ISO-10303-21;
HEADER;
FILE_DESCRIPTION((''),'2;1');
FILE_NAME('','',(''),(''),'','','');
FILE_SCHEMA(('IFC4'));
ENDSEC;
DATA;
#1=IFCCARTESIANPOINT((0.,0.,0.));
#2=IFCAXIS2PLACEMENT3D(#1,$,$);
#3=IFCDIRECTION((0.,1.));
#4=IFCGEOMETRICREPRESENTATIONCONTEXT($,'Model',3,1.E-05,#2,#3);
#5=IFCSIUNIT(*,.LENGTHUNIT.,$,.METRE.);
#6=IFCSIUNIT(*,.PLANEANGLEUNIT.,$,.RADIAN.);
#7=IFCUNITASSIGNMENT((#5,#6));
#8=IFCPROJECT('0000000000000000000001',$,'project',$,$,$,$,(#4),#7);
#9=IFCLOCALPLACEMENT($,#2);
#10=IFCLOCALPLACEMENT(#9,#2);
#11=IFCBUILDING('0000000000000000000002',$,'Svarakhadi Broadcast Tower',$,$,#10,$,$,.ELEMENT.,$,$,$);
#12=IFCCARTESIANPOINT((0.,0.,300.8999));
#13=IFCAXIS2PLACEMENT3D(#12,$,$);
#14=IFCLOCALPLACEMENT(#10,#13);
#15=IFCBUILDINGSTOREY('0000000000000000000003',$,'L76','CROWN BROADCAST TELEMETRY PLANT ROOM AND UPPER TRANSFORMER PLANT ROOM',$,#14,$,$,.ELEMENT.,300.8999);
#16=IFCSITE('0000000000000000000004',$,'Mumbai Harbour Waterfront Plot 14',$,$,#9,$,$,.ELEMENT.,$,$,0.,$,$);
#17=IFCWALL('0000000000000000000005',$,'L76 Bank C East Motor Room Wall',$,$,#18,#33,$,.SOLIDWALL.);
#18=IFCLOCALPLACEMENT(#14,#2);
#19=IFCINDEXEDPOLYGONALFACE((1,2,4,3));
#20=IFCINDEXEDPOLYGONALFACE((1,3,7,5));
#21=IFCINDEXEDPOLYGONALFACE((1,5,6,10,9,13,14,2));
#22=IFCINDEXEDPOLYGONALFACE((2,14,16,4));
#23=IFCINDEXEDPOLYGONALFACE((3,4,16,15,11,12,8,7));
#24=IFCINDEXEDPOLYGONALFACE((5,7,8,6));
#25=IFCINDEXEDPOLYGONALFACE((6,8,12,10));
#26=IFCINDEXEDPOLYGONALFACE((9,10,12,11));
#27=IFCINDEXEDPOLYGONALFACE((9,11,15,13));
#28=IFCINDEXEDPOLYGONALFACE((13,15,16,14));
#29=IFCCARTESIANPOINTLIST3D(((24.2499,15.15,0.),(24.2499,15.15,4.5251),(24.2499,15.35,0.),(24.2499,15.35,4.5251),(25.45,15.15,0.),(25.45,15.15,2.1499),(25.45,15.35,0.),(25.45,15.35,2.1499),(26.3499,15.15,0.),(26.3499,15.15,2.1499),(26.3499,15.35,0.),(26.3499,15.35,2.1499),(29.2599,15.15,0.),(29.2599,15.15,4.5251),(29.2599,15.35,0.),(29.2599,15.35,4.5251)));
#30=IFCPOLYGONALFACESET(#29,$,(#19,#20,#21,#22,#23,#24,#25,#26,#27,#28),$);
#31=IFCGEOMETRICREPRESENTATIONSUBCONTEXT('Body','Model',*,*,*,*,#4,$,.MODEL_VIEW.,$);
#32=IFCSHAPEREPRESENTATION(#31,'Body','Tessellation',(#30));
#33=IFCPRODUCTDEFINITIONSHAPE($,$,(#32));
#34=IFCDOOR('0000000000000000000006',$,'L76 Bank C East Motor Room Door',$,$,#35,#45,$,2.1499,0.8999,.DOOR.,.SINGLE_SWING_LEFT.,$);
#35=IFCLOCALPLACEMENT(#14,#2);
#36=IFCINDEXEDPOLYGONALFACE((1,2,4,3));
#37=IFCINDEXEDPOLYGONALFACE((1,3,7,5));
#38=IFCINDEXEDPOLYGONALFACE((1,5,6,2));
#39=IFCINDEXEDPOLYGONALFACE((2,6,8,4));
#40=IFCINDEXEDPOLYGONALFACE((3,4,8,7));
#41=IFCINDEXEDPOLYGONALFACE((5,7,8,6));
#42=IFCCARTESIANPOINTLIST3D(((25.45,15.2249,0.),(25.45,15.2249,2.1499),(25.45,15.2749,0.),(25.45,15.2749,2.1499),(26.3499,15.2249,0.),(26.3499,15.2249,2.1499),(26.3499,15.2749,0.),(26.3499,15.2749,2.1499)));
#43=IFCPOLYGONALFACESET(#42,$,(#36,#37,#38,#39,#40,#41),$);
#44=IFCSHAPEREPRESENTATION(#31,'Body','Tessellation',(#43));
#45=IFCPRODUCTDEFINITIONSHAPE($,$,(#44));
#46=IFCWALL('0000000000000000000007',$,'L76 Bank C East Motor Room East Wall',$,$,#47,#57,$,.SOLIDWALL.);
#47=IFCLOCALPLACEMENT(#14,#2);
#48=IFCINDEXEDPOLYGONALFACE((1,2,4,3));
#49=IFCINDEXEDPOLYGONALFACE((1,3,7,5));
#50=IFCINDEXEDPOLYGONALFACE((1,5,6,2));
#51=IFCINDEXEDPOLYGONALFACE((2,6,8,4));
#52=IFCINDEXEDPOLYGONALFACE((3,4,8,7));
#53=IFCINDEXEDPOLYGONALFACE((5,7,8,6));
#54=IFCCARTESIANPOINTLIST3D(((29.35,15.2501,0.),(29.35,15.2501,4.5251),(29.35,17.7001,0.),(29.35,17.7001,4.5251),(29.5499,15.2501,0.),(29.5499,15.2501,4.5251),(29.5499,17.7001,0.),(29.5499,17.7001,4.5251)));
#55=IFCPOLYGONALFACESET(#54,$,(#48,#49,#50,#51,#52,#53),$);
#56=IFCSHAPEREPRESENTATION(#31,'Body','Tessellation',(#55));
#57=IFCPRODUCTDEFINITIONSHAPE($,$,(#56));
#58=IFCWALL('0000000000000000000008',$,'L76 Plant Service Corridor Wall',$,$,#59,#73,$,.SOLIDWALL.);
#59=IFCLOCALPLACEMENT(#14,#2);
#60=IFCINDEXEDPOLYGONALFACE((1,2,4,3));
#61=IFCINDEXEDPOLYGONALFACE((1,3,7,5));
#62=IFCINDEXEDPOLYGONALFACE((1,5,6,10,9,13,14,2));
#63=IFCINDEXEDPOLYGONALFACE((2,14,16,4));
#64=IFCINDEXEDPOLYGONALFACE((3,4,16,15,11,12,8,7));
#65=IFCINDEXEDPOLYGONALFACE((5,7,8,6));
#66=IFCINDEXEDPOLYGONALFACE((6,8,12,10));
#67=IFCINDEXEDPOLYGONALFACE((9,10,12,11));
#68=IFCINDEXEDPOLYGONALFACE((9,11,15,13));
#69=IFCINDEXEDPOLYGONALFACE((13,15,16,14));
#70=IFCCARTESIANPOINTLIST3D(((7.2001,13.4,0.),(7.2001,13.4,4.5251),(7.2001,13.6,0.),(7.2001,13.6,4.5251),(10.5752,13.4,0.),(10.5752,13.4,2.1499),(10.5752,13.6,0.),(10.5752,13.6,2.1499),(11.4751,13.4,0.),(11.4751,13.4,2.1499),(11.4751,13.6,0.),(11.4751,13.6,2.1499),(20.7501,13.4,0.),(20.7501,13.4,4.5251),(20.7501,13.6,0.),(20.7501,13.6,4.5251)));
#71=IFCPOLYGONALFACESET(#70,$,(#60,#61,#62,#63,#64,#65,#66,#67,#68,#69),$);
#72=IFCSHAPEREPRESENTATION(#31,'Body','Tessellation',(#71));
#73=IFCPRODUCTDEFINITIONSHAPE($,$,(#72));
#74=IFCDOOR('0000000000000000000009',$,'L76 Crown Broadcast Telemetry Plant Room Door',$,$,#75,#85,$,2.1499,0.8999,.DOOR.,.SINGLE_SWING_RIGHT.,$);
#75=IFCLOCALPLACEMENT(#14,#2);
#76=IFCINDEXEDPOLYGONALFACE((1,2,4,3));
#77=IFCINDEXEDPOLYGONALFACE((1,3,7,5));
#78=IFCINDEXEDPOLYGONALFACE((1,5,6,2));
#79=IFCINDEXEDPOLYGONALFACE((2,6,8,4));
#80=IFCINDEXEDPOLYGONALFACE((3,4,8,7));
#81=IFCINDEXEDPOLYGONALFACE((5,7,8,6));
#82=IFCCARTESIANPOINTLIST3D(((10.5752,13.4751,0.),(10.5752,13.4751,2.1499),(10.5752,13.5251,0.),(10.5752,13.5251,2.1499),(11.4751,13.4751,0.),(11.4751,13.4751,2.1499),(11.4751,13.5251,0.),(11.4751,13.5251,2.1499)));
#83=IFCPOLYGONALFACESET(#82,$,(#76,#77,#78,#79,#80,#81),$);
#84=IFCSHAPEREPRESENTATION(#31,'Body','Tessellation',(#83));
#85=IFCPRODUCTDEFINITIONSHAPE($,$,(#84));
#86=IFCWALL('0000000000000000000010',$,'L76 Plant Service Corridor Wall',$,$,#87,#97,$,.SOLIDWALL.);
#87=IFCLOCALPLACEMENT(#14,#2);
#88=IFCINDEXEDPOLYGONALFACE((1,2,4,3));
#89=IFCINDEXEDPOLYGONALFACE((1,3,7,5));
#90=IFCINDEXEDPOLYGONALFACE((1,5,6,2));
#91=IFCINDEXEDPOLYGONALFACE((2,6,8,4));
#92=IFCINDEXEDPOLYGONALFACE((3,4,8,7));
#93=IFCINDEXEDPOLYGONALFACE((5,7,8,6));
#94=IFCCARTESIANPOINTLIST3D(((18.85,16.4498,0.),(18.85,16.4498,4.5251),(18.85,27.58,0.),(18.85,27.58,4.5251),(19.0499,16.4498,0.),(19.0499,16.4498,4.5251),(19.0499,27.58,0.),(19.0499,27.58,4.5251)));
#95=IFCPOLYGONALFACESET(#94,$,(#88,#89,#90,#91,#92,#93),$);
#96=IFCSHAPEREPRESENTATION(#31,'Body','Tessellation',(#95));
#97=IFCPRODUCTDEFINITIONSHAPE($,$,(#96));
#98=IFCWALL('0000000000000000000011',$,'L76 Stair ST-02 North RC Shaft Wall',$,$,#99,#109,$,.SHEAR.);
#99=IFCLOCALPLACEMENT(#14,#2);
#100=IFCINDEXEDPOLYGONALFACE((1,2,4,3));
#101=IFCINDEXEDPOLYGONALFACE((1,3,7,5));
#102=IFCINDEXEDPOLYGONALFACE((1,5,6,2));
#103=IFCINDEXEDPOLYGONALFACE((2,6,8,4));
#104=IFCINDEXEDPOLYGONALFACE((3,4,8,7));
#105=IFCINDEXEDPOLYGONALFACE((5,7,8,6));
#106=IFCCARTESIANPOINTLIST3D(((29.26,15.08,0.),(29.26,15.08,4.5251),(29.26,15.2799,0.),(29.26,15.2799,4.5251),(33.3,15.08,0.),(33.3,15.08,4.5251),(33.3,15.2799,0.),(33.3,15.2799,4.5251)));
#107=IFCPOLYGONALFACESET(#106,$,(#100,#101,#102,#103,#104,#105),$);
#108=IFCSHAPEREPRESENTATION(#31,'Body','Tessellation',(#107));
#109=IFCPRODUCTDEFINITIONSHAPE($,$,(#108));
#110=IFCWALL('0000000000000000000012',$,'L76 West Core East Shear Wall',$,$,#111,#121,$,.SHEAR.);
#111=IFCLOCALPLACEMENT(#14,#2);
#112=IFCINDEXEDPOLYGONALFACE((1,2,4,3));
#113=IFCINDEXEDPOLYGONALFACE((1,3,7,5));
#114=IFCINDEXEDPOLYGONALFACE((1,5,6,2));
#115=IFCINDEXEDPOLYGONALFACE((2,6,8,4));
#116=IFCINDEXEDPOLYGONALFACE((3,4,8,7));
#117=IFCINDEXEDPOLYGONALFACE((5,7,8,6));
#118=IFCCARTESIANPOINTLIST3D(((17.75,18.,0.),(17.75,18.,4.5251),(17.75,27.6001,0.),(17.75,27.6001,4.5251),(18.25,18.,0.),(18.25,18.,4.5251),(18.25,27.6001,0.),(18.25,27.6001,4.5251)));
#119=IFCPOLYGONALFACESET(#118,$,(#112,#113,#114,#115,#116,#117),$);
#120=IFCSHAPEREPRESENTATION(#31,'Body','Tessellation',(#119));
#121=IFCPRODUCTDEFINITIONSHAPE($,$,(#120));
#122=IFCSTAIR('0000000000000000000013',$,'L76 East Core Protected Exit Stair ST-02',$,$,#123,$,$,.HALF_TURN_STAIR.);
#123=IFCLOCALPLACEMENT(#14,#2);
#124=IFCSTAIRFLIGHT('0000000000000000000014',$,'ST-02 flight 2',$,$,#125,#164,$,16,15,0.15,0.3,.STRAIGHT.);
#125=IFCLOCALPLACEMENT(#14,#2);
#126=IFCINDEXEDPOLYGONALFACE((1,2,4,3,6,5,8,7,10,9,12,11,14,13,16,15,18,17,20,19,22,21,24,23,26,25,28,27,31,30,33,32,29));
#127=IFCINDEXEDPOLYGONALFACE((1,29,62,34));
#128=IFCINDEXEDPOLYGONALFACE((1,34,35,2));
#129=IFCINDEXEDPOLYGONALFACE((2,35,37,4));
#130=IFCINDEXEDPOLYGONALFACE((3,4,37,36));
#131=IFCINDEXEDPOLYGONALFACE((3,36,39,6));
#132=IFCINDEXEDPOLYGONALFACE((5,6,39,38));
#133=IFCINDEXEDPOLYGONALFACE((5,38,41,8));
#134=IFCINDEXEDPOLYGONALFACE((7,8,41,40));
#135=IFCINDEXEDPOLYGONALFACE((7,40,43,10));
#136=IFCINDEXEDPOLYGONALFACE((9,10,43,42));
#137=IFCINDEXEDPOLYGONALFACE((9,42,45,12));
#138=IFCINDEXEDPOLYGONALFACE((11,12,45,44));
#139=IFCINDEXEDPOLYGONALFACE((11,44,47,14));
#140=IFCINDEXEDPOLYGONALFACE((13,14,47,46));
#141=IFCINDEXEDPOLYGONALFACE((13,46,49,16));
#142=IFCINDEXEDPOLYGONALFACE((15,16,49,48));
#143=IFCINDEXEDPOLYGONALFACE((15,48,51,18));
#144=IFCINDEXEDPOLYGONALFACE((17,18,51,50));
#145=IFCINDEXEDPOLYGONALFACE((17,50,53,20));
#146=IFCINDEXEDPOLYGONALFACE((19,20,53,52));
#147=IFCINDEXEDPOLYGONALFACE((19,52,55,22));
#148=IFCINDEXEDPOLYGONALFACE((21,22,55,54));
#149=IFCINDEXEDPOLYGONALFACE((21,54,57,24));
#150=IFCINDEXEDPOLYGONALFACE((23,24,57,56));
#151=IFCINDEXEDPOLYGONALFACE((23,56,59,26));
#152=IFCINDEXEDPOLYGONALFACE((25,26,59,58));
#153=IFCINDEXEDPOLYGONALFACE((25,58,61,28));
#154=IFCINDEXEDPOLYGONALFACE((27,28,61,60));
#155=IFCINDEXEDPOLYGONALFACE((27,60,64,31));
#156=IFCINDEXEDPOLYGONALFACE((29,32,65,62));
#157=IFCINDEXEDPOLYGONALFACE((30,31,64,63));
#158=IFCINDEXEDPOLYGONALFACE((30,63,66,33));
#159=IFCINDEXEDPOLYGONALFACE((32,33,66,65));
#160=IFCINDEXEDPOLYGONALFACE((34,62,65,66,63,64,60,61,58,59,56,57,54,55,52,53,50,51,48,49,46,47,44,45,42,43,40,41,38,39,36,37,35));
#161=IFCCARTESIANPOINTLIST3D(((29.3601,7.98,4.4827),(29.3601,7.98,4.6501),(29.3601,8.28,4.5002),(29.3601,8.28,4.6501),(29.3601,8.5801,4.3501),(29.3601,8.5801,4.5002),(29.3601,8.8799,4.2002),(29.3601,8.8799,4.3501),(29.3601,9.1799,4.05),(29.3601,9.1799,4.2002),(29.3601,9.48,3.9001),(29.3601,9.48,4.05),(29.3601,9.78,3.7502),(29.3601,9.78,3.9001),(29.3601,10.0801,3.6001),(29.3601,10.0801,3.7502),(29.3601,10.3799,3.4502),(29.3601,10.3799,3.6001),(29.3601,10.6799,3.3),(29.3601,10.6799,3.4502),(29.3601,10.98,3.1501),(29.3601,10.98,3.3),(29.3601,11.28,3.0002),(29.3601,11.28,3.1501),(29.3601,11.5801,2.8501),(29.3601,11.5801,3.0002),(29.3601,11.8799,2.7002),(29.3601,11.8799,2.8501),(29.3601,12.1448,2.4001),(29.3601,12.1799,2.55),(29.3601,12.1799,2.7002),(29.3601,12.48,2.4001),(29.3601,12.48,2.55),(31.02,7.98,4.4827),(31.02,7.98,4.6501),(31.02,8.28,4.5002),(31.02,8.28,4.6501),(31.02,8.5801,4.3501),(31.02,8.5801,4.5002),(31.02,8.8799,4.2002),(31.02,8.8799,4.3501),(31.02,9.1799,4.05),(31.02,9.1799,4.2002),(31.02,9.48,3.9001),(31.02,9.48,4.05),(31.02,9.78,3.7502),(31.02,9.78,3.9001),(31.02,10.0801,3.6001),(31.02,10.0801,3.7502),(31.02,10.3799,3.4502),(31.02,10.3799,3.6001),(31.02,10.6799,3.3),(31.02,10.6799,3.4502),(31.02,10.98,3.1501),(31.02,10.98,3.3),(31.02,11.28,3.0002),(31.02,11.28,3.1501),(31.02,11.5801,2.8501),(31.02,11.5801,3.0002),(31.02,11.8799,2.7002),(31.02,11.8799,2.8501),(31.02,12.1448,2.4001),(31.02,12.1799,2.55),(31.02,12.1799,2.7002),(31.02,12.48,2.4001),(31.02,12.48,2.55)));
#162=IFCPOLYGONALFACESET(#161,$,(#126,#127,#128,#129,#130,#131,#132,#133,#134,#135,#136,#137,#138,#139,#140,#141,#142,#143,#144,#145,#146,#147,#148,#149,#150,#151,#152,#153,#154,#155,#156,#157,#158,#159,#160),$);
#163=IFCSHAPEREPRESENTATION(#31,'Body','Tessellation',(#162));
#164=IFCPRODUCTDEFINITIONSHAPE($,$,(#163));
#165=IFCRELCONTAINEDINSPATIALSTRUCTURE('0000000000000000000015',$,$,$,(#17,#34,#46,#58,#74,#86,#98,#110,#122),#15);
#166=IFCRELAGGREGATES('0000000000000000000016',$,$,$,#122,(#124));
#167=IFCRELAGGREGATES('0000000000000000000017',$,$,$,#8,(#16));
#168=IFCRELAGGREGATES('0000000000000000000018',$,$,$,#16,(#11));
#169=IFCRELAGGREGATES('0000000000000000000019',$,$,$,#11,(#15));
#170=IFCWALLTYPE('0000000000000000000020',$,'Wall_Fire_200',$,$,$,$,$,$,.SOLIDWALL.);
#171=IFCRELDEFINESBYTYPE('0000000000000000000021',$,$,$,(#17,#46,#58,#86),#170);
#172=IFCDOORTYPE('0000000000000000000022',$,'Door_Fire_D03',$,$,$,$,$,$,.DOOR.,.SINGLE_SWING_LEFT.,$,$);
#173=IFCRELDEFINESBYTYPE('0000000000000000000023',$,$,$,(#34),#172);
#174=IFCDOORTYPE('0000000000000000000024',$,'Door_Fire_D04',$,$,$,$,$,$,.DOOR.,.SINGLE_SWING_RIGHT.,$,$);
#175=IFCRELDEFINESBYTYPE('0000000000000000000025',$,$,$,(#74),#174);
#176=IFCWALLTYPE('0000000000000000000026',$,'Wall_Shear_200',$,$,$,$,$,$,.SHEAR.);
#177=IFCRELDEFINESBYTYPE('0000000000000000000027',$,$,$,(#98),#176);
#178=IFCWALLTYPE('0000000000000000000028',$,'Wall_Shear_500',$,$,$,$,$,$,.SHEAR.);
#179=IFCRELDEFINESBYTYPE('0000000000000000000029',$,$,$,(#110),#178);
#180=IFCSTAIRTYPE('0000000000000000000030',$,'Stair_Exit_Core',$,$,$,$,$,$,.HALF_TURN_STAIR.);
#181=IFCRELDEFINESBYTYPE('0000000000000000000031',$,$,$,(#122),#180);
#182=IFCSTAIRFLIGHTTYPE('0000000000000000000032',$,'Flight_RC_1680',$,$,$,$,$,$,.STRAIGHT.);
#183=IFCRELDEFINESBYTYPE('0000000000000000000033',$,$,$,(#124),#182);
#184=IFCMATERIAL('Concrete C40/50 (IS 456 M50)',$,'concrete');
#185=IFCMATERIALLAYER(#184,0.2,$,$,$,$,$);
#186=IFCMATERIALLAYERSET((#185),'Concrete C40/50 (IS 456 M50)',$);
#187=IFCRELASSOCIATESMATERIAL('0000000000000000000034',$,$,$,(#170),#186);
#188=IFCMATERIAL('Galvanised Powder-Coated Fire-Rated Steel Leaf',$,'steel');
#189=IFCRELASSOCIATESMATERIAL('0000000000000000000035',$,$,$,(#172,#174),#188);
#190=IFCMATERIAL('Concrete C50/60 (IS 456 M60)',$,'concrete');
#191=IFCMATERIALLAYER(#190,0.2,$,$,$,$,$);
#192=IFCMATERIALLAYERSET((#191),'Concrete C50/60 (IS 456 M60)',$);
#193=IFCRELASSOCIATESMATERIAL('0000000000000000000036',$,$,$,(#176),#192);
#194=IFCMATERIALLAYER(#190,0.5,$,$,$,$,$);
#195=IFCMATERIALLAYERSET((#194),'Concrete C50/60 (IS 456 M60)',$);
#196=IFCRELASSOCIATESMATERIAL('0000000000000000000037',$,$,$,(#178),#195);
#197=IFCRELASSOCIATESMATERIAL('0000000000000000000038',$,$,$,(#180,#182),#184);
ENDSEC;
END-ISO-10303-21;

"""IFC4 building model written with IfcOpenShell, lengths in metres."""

from ifc_helpers import new_model, si_unit, direction, frame, frame_2d, origin, place, context, subcontext, project, spatial, polyline, rectangle, outline, extrude, material, layer, layer_set, type_object, element, fill, aggregate, save


model = new_model("IFC4")

# Units and contexts
model_context = context("Model", 3, precision=1e-05, world=origin(), true_north=direction((0.0, 1.0)))
body_context = subcontext(model_context, "Body", "Model", "MODEL_VIEW")
ifc_project = project(units=[si_unit("LENGTHUNIT", "METRE"), si_unit("PLANEANGLEUNIT", "RADIAN")], contexts=[model_context])

# Site, building, storey
site_placement = place(None, origin())
site = spatial("IfcSite", under=ifc_project, at=site_placement, Name="Mumbai Harbour Waterfront Plot 14", CompositionType="ELEMENT", RefElevation=0.0)
building_placement = place(site_placement, origin())
building = spatial("IfcBuilding", under=site, at=building_placement, Name="Svarakhadi Broadcast Tower", CompositionType="ELEMENT")
storey_placement = place(building_placement, frame((0.0, 0.0, 300.8999)))
storey = spatial("IfcBuildingStorey", under=building, at=storey_placement, Name="L76", Description="CROWN BROADCAST TELEMETRY PLANT ROOM AND UPPER TRANSFORMER PLANT ROOM", CompositionType="ELEMENT", Elevation=300.8999)

# Shared definitions
ifc_material_1 = material(Name="Concrete C50/60 (IS 456 M60)", Category="concrete")

# Wall, opening, door
ifc_material_2 = material(Name="Concrete C40/50 (IS 456 M50)", Category="concrete")
ifc_layer_1 = layer(ifc_material_2, 0.2)
ifc_layer_set_1 = layer_set([ifc_layer_1], Name="Concrete C40/50 (IS 456 M50)")
wall_type_1 = type_object("IfcWallType", Name="Wall_Fire_200", PredefinedType="SOLIDWALL", material=ifc_layer_set_1)
wall_1_placement = place(storey_placement, frame((24.25, 15.25, 0.0), z_axis=(0.0, 0.0, 1.0), x_axis=(1.0, 0.0, 0.0)))
wall_1 = element("IfcWall", 1, at=wall_1_placement, inside=storey, type_object=wall_type_1, Name="L76 Bank C East Motor Room Wall", PredefinedType="SOLIDWALL", context=body_context, shape_type="SweptSolid", body=[
    extrude(rectangle(XDim=5.01, YDim=0.2, at=frame_2d((2.5049, 0.0))), origin(), (0.0, 0.0, 1.0), 4.5251),
])
opening_1_placement = place(wall_1_placement, frame((1.2, 0.0, 0.0)))
opening_1 = element("IfcOpeningElement", 2, at=opening_1_placement, cuts=wall_1, PredefinedType="OPENING", context=body_context, shape_type="SweptSolid", body=[
    extrude(rectangle(XDim=0.8999, YDim=2.1499, at=frame_2d((0.45, 1.075))), frame((0.0, 0.1099, 0.0), z_axis=(0.0, -1.0, 0.0), x_axis=(1.0, 0.0, 0.0)), (0.0, 0.0, 1.0), 0.22),
])
ifc_material_3 = material(Name="Galvanised Powder-Coated Fire-Rated Steel Leaf", Category="steel")
door_type_1 = type_object("IfcDoorType", Name="Door_Fire_D03", OperationType="SINGLE_SWING_LEFT", PredefinedType="DOOR", material=ifc_material_3)
door_1_placement = place(opening_1_placement, origin())
door_1 = element("IfcDoor", 3, at=door_1_placement, inside=storey, type_object=door_type_1, Name="L76 Bank C East Motor Room Door", OperationType="SINGLE_SWING_LEFT", OverallHeight=2.1499, OverallWidth=0.8999, PredefinedType="DOOR", context=body_context, shape_type="SweptSolid", body=[
    extrude(rectangle(XDim=0.8999, YDim=2.1499, at=frame_2d((0.45, 1.075))), frame((0.0, 0.0249, 0.0), z_axis=(0.0, -1.0, 0.0), x_axis=(1.0, 0.0, 0.0)), (0.0, 0.0, 1.0), 0.05),
])
fill(opening_1, door_1)

# Wall
wall_2_placement = place(storey_placement, frame((29.45, 15.25, 0.0), z_axis=(0.0, 0.0, 1.0), x_axis=(0.0, 1.0, 0.0)))
element("IfcWall", 4, at=wall_2_placement, inside=storey, type_object=wall_type_1, Name="L76 Bank C East Motor Room East Wall", PredefinedType="SOLIDWALL", context=body_context, shape_type="SweptSolid", body=[
    extrude(rectangle(XDim=2.45, YDim=0.2, at=frame_2d((1.2251, 0.0))), origin(), (0.0, 0.0, 1.0), 4.5251),
])

# Wall, opening, door
wall_3_placement = place(storey_placement, frame((20.75, 13.5, 0.0), z_axis=(0.0, 0.0, 1.0), x_axis=(-1.0, 0.0, 0.0)))
wall_3 = element("IfcWall", 5, at=wall_3_placement, inside=storey, type_object=wall_type_1, Name="L76 Plant Service Corridor Wall", PredefinedType="SOLIDWALL", context=body_context, shape_type="SweptSolid", body=[
    extrude(rectangle(XDim=13.55, YDim=0.2, at=frame_2d((6.7749, 0.0))), origin(), (0.0, 0.0, 1.0), 4.5251),
])
opening_2_placement = place(wall_3_placement, frame((9.2749, 0.0, 0.0)))
opening_2 = element("IfcOpeningElement", 6, at=opening_2_placement, cuts=wall_3, PredefinedType="OPENING", context=body_context, shape_type="SweptSolid", body=[
    extrude(rectangle(XDim=0.8999, YDim=2.1499, at=frame_2d((0.45, 1.075))), frame((0.0, 0.1099, 0.0), z_axis=(0.0, -1.0, 0.0), x_axis=(1.0, 0.0, 0.0)), (0.0, 0.0, 1.0), 0.22),
])
door_type_2 = type_object("IfcDoorType", Name="Door_Fire_D04", OperationType="SINGLE_SWING_RIGHT", PredefinedType="DOOR", material=ifc_material_3)
door_2_placement = place(opening_2_placement, origin())
door_2 = element("IfcDoor", 7, at=door_2_placement, inside=storey, type_object=door_type_2, Name="L76 Crown Broadcast Telemetry Plant Room Door", OperationType="SINGLE_SWING_RIGHT", OverallHeight=2.1499, OverallWidth=0.8999, PredefinedType="DOOR", context=body_context, shape_type="SweptSolid", body=[
    extrude(rectangle(XDim=0.8999, YDim=2.1499, at=frame_2d((0.45, 1.075))), frame((0.0, 0.0249, 0.0), z_axis=(0.0, -1.0, 0.0), x_axis=(1.0, 0.0, 0.0)), (0.0, 0.0, 1.0), 0.05),
])
fill(opening_2, door_2)

# Walls
wall_4_placement = place(storey_placement, frame((18.95, 16.45, 0.0), z_axis=(0.0, 0.0, 1.0), x_axis=(0.0, 1.0, 0.0)))
element("IfcWall", 8, at=wall_4_placement, inside=storey, type_object=wall_type_1, Name="L76 Plant Service Corridor Wall", PredefinedType="SOLIDWALL", context=body_context, shape_type="SweptSolid", body=[
    extrude(rectangle(XDim=11.1301, YDim=0.2, at=frame_2d((5.5649, 0.0))), origin(), (0.0, 0.0, 1.0), 4.5251),
])
ifc_layer_2 = layer(ifc_material_1, 0.2)
ifc_layer_set_2 = layer_set([ifc_layer_2], Name="Concrete C50/60 (IS 456 M60)")
wall_type_2 = type_object("IfcWallType", Name="Wall_Shear_200", PredefinedType="SHEAR", material=ifc_layer_set_2)
wall_5_placement = place(storey_placement, frame((29.26, 15.1799, 0.0), z_axis=(0.0, 0.0, 1.0), x_axis=(1.0, 0.0, 0.0)))
element("IfcWall", 9, at=wall_5_placement, inside=storey, type_object=wall_type_2, Name="L76 Stair ST-02 North RC Shaft Wall", PredefinedType="SHEAR", context=body_context, shape_type="SweptSolid", body=[
    extrude(rectangle(XDim=4.04, YDim=0.2, at=frame_2d((2.02, 0.0))), origin(), (0.0, 0.0, 1.0), 4.5251),
])

# Wall
ifc_layer_3 = layer(ifc_material_1, 0.5)
ifc_layer_set_3 = layer_set([ifc_layer_3], Name="Concrete C50/60 (IS 456 M60)")
wall_type_3 = type_object("IfcWallType", Name="Wall_Shear_500", PredefinedType="SHEAR", material=ifc_layer_set_3)
wall_6_placement = place(storey_placement, frame((18.0, 18.0, 0.0), z_axis=(0.0, 0.0, 1.0), x_axis=(0.0, 1.0, 0.0)))
element("IfcWall", 10, at=wall_6_placement, inside=storey, type_object=wall_type_3, Name="L76 West Core East Shear Wall", PredefinedType="SHEAR", context=body_context, shape_type="SweptSolid", body=[
    extrude(rectangle(XDim=9.6001, YDim=0.5, at=frame_2d((4.8, 0.0))), origin(), (0.0, 0.0, 1.0), 4.5251),
])

# Stair, stair flight
stair_type = type_object("IfcStairType", Name="Stair_Exit_Core", PredefinedType="HALF_TURN_STAIR", material=ifc_material_2)
stair_placement = place(storey_placement, origin())
stair = element("IfcStair", 11, at=stair_placement, inside=storey, type_object=stair_type, Name="L76 East Core Protected Exit Stair ST-02", PredefinedType="HALF_TURN_STAIR")
stair_flight_type = type_object("IfcStairFlightType", Name="Flight_RC_1680", PredefinedType="STRAIGHT", material=ifc_material_2)
stair_flight_placement = place(storey_placement, frame((30.1899, 12.48, 2.4001), z_axis=(0.0, 0.0, 1.0), x_axis=(0.0, -1.0, 0.0)))
stair_flight = element("IfcStairFlight", 12, at=stair_flight_placement, type_object=stair_flight_type, Name="ST-02 flight 2", NumberOfRisers=16, NumberOfTreads=15, PredefinedType="STRAIGHT", RiserHeight=0.15, TreadLength=0.3, context=body_context, shape_type="SweptSolid", body=[
    extrude(outline(polyline([(0.0, 0.0), (0.0, 0.1499), (0.3, 0.1499), (0.3, 0.3), (0.6001, 0.3), (0.6001, 0.45), (0.8999, 0.45), (0.8999, 0.6001), (1.2, 0.6001), (1.2, 0.75), (1.5, 0.75), (1.5, 0.8999), (1.8, 0.8999), (1.8, 1.05), (2.1001, 1.05), (2.1001, 1.2), (2.3999, 1.2), (2.3999, 1.3501), (2.7, 1.3501), (2.7, 1.5), (3.0, 1.5), (3.0, 1.6499), (3.3, 1.6499), (3.3, 1.8), (3.6001, 1.8), (3.6001, 1.95), (3.8999, 1.95), (3.8999, 2.1001), (4.2, 2.1001), (4.2, 2.25), (4.5, 2.25), (4.5, 2.3999), (4.5, 2.0825), (0.3352, 0.0), (0.0, 0.0)])), frame((0.0, 0.8301, 0.0), z_axis=(0.0, -1.0, 0.0), x_axis=(1.0, 0.0, 0.0)), (0.0, 0.0, 1.0), 1.6599),
])
aggregate(stair, [stair_flight])

save(model, "model.ifc")
